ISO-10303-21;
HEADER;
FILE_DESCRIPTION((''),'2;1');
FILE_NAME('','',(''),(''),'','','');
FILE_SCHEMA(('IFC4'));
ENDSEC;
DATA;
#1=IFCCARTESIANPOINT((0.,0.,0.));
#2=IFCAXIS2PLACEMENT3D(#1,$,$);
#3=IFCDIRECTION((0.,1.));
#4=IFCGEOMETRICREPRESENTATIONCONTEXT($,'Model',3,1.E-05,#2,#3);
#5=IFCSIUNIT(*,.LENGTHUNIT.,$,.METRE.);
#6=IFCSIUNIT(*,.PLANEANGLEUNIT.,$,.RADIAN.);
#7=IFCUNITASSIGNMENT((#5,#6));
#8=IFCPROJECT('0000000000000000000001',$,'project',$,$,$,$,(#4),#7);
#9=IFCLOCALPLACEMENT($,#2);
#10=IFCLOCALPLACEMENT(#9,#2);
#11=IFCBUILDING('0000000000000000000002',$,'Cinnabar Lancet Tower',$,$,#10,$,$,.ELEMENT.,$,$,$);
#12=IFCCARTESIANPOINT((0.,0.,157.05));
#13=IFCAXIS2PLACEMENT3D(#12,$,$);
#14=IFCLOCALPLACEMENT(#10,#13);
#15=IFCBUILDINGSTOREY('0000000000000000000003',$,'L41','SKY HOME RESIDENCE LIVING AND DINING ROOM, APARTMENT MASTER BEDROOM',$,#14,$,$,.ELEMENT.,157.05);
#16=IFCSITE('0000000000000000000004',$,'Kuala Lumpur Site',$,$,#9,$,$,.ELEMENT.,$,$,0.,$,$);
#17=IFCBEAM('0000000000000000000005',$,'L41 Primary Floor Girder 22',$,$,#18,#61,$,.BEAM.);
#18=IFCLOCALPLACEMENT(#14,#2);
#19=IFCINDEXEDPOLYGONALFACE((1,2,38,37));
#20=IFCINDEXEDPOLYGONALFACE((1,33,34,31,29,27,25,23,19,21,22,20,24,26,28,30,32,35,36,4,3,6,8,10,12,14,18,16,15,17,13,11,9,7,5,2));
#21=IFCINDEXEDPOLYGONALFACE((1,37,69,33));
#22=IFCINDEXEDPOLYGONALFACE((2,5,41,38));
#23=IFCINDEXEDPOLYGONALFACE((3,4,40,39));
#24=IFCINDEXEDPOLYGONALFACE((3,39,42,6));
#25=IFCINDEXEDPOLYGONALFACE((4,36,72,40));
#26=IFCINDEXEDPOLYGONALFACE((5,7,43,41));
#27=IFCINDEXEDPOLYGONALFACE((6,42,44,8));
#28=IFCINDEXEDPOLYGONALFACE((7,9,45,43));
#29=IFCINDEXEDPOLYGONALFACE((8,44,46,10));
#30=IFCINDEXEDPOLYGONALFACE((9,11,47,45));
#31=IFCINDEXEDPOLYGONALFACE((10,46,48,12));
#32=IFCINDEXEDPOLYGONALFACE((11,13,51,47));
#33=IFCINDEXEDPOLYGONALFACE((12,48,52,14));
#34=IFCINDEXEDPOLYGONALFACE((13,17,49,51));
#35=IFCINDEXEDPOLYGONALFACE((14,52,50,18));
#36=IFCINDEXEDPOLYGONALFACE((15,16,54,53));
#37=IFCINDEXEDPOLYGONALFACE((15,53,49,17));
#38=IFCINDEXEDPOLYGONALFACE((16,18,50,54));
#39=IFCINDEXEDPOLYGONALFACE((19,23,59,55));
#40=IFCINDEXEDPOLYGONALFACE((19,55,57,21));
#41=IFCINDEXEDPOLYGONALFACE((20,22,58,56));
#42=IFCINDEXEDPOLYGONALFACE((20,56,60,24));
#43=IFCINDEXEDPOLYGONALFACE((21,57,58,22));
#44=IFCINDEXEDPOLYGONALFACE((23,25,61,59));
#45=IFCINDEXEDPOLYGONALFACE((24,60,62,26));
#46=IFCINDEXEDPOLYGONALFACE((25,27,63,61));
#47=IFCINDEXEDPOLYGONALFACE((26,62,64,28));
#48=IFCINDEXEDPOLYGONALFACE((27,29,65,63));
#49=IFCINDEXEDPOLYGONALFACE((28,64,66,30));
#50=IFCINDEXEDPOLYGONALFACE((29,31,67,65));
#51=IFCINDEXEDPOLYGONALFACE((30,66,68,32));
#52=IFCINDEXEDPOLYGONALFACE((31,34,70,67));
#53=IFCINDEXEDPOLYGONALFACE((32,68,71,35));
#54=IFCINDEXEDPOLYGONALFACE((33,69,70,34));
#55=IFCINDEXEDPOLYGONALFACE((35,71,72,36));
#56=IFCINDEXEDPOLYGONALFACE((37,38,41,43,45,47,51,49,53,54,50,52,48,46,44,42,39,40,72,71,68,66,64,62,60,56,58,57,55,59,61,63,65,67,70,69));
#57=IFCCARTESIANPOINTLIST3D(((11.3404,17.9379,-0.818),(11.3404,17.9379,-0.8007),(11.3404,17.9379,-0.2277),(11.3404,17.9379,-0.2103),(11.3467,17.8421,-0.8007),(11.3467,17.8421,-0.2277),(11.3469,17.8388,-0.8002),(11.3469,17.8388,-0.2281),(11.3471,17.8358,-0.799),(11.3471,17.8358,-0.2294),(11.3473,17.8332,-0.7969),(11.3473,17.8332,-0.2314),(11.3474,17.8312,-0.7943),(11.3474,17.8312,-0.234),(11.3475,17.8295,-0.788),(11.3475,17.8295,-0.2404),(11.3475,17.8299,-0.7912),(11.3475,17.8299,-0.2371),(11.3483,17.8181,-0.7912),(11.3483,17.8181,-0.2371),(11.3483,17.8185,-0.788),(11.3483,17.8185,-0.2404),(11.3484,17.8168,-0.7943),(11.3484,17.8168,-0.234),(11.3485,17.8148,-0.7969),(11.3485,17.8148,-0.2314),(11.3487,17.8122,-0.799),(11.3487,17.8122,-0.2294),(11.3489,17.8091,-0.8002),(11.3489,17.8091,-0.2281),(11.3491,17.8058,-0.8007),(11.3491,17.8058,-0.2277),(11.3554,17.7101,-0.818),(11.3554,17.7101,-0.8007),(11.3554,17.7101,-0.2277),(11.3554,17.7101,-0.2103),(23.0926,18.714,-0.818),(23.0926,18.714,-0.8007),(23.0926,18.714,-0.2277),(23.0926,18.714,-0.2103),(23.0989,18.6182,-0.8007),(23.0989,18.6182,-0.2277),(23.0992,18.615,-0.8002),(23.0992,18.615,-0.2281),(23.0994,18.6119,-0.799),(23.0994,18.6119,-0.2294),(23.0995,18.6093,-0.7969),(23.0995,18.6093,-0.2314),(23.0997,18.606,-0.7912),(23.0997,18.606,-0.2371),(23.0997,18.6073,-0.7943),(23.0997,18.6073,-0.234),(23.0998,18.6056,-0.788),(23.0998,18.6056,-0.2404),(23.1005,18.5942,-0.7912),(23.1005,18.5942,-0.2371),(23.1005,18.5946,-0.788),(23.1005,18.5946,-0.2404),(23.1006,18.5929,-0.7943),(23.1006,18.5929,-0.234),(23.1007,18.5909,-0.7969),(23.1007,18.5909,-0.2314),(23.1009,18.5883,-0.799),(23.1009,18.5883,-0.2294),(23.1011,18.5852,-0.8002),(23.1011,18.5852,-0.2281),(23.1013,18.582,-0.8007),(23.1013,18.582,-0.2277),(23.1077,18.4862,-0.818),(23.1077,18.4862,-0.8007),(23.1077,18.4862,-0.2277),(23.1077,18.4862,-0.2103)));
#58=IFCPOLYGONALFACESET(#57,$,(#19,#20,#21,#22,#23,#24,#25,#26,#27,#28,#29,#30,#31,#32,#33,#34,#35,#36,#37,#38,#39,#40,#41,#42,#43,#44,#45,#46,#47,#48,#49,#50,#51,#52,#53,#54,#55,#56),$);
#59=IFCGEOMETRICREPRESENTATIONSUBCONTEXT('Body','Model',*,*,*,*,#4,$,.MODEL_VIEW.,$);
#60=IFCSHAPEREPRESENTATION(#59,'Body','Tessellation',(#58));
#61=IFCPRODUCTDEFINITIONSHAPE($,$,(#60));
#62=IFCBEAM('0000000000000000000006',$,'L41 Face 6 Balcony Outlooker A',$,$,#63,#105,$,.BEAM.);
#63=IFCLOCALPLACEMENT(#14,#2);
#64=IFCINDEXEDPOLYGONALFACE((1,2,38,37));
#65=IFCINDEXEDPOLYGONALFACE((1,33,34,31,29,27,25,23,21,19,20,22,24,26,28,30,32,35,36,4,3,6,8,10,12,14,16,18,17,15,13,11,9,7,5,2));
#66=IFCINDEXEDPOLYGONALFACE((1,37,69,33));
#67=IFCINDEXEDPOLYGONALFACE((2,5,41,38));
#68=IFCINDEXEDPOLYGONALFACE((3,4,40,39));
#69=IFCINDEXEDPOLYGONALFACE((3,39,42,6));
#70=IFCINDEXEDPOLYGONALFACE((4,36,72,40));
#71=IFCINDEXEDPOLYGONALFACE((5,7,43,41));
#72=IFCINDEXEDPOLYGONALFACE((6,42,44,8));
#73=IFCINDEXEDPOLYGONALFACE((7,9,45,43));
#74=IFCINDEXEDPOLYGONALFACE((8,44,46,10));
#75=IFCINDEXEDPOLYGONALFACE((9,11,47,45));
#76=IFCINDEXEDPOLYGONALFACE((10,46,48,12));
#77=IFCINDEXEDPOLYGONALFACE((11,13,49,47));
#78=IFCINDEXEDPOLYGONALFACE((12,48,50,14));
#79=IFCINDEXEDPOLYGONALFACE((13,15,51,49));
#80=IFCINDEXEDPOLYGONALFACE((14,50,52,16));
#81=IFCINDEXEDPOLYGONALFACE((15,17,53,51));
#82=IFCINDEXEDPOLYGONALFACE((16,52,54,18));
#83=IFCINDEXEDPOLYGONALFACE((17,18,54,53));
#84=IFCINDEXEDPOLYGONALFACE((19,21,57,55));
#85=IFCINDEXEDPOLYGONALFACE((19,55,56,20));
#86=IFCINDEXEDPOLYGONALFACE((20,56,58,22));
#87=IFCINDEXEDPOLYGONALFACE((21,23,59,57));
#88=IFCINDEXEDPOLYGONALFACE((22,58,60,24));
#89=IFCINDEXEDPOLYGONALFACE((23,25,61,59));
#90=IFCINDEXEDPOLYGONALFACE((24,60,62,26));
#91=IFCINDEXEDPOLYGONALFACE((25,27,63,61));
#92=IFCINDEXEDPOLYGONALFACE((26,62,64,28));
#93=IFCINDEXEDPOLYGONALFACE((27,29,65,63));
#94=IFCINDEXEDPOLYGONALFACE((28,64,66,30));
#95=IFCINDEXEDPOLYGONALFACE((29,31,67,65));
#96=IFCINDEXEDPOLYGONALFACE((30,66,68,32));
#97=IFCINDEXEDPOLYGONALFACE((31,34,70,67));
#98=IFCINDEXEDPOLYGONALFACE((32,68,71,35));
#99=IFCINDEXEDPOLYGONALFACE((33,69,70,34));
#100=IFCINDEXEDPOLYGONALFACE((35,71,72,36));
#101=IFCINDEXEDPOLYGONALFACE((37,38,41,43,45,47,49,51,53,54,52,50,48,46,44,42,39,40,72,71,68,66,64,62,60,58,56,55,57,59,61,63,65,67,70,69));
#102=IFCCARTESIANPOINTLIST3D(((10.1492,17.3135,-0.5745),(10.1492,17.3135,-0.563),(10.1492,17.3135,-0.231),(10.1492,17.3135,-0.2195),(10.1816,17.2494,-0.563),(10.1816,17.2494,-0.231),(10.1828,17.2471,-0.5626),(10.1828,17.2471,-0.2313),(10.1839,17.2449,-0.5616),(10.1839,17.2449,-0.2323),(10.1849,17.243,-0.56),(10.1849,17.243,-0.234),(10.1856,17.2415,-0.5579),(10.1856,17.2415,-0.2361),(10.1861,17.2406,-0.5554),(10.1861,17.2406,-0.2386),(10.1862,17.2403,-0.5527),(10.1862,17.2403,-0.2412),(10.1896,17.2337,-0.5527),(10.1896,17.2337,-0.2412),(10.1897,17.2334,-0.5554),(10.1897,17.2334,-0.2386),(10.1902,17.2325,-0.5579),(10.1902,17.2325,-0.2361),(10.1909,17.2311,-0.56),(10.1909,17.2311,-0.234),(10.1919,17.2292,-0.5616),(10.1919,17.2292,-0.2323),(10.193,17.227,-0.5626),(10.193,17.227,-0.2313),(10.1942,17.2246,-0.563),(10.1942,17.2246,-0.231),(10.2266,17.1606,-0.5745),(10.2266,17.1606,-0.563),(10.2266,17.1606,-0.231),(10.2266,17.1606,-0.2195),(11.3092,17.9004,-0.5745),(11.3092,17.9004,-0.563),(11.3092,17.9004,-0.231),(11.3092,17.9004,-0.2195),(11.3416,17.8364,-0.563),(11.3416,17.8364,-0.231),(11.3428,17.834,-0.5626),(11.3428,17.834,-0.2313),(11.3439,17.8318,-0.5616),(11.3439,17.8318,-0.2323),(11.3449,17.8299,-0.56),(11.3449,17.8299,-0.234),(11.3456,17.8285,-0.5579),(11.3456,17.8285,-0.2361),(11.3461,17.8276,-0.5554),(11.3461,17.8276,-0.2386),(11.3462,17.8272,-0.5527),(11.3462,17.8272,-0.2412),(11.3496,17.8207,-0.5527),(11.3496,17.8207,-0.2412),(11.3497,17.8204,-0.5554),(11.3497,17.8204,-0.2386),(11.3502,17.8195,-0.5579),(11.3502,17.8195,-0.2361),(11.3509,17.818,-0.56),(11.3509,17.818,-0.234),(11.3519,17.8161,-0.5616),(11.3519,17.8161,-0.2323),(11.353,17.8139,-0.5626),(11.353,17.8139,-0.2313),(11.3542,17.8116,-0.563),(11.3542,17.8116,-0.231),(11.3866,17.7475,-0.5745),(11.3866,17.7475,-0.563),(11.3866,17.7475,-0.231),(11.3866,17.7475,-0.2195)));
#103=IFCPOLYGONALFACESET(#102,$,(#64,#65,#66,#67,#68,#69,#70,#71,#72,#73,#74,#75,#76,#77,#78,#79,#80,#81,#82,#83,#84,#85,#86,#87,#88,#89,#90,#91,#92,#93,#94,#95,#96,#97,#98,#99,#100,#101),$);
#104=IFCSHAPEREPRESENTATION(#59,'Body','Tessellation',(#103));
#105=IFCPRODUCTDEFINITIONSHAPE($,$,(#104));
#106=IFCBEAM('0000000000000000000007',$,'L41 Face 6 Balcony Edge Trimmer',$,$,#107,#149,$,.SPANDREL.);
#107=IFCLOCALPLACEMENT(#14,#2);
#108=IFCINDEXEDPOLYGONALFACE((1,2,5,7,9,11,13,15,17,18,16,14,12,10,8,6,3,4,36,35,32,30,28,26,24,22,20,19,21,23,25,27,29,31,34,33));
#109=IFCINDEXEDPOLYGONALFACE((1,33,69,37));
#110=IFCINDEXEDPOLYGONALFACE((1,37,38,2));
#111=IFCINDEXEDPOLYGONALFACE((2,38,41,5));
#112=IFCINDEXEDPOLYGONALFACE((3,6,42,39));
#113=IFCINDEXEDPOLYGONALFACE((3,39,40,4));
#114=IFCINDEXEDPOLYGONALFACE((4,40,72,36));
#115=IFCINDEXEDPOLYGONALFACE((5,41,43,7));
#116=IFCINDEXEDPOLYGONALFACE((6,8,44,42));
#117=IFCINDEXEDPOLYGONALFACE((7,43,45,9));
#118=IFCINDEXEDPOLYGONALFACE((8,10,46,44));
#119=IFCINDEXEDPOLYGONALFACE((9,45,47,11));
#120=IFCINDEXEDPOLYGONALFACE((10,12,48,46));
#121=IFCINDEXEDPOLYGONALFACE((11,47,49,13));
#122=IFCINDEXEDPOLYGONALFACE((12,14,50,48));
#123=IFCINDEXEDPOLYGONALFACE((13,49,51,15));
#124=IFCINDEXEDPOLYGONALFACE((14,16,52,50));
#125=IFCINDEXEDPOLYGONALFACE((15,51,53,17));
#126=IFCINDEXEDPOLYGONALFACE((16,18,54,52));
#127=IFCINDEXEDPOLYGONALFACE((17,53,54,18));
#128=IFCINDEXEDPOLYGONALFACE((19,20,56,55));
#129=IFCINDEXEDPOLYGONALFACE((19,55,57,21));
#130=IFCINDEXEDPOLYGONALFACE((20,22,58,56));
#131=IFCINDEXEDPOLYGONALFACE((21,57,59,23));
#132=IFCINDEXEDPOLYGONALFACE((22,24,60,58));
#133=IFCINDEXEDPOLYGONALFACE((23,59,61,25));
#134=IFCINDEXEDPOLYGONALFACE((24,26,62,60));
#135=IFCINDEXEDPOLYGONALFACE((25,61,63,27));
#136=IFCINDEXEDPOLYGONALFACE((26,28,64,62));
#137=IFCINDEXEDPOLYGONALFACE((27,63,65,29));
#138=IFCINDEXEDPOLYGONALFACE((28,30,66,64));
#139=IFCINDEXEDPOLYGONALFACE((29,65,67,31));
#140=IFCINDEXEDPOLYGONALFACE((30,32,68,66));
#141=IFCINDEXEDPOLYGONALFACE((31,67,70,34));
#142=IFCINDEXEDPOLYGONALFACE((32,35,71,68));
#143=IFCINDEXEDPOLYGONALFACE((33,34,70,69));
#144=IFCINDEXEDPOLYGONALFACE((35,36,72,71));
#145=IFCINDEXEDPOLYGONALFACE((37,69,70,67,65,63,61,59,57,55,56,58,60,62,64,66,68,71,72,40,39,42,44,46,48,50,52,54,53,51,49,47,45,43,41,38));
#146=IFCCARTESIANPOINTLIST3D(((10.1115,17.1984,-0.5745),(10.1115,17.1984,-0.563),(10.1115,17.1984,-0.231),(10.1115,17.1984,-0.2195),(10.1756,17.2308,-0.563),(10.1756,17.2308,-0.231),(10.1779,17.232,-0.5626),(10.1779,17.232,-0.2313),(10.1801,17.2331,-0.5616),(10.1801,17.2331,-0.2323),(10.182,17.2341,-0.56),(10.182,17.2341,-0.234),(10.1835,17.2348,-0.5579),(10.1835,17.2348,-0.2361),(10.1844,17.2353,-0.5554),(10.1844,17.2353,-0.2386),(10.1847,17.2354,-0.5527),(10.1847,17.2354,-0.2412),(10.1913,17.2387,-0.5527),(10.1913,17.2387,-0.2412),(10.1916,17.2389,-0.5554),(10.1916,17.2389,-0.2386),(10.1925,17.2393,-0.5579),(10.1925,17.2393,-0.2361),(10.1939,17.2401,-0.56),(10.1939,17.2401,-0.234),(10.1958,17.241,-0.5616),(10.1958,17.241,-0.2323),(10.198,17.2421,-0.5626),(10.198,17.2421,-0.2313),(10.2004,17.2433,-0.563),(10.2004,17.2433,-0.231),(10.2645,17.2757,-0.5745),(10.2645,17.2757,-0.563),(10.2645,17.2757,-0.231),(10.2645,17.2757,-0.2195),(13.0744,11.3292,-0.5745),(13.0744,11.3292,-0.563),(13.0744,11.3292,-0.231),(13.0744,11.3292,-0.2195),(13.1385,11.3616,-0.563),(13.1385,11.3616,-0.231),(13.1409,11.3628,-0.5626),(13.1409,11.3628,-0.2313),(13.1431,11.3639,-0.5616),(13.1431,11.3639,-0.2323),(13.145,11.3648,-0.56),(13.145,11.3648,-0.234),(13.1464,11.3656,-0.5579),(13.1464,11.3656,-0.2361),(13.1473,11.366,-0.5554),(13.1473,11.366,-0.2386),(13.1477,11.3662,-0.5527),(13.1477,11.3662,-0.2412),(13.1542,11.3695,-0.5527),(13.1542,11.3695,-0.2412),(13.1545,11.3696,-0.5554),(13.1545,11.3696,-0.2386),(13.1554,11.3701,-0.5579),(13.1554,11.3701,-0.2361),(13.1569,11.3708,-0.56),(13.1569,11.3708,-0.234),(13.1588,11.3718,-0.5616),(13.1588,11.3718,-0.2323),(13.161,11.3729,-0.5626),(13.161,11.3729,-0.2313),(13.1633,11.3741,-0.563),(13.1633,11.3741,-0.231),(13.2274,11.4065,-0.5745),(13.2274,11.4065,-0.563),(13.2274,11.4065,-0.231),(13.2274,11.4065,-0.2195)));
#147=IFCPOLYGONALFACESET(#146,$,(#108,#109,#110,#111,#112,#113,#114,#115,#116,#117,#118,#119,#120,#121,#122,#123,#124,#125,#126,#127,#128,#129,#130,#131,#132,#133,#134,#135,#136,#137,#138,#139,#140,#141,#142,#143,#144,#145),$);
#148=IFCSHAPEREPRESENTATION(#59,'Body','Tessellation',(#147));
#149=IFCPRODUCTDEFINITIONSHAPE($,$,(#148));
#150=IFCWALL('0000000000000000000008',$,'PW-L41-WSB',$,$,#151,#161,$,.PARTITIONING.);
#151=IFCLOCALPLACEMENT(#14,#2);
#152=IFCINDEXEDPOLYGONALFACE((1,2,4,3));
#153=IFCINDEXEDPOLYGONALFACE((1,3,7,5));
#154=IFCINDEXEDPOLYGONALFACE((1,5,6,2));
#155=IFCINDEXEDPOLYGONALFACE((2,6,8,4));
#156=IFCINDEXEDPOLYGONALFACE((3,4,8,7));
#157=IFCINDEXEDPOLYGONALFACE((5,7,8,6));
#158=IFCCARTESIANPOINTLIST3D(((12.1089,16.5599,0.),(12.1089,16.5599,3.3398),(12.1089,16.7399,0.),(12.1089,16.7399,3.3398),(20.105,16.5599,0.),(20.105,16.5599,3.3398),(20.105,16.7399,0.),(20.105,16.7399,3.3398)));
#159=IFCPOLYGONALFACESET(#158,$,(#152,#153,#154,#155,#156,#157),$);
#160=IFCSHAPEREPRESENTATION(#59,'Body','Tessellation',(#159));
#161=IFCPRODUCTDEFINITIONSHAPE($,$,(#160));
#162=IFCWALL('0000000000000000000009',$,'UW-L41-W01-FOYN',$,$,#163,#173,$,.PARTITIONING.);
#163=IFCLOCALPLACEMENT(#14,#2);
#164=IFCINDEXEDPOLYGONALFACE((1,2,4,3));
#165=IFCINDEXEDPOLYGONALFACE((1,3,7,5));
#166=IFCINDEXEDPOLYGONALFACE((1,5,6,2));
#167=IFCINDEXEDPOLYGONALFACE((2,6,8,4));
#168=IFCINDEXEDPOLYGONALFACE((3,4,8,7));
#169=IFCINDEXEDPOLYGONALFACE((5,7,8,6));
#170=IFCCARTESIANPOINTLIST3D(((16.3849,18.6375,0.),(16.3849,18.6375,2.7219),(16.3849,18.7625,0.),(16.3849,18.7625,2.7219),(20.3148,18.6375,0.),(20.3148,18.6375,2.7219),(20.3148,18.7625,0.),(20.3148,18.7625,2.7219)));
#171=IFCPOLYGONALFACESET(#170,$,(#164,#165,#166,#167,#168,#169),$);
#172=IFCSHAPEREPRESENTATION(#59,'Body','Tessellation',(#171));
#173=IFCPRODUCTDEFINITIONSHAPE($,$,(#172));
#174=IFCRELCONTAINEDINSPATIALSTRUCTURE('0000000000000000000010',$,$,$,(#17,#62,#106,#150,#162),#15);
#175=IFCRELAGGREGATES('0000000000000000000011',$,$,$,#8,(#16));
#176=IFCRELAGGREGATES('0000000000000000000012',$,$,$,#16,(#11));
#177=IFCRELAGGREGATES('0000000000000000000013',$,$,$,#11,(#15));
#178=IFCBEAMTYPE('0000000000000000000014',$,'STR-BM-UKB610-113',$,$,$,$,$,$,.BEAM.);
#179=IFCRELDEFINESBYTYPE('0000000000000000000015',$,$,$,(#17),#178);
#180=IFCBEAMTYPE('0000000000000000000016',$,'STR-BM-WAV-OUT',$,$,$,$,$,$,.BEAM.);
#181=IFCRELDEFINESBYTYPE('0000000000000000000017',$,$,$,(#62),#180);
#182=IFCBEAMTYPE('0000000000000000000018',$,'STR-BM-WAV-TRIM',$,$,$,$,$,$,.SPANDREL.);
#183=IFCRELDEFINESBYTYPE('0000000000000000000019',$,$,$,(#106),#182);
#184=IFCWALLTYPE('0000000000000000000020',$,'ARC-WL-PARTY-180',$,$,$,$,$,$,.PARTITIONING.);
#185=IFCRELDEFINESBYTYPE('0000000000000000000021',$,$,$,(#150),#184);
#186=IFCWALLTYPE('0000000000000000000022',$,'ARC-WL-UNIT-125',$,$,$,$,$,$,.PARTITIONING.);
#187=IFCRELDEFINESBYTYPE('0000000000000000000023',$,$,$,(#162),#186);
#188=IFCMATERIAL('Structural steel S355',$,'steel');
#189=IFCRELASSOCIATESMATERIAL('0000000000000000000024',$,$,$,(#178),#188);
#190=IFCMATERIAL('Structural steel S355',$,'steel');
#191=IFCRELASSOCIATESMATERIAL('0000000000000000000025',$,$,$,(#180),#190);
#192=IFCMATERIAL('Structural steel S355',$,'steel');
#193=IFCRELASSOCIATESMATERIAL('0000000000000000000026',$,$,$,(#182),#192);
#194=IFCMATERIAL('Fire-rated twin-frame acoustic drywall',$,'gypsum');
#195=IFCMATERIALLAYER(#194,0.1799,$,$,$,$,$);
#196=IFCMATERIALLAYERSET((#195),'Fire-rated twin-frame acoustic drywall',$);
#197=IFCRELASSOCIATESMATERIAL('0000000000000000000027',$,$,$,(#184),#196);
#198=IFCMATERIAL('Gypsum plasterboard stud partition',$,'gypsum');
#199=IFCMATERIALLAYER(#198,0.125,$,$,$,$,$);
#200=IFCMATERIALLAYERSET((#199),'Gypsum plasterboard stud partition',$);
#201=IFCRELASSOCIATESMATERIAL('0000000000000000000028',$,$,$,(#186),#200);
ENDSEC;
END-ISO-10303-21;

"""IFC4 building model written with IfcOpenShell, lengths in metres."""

from ifc_helpers import new_model, si_unit, direction, frame, frame_2d, origin, origin_2d, place, context, subcontext, project, spatial, rectangle, i_section, extrude, material, layer, layer_set, material_profile, profile_set, type_object, element, save


model = new_model("IFC4")

# Units and contexts
model_context = context("Model", 3, precision=1e-05, world=origin(), true_north=direction((0.0, 1.0)))
body_context = subcontext(model_context, "Body", "Model", "MODEL_VIEW")
ifc_project = project(units=[si_unit("LENGTHUNIT", "METRE"), si_unit("PLANEANGLEUNIT", "RADIAN")], contexts=[model_context])

# Site, building, storey
site_placement = place(None, origin())
site = spatial("IfcSite", under=ifc_project, at=site_placement, Name="Kuala Lumpur Site", CompositionType="ELEMENT", RefElevation=0.0)
building_placement = place(site_placement, origin())
building = spatial("IfcBuilding", under=site, at=building_placement, Name="Cinnabar Lancet Tower", CompositionType="ELEMENT")
storey_placement = place(building_placement, frame((0.0, 0.0, 157.05)))
storey = spatial("IfcBuildingStorey", under=building, at=storey_placement, Name="L41", Description="SKY HOME RESIDENCE LIVING AND DINING ROOM, APARTMENT MASTER BEDROOM", CompositionType="ELEMENT", Elevation=157.05)

# Beams
ifc_material_1 = material(Name="Structural steel S355", Category="steel")
ifc_material_profile_1 = material_profile(ifc_material_1, i_section(OverallWidth=0.2283, OverallDepth=0.6077, WebThickness=0.011, FlangeThickness=0.0173, FilletRadius=0.0127, at=origin_2d()), Name="UKB 610x229x113")
ifc_profile_set_1 = profile_set([ifc_material_profile_1], Name="Structural steel S355")
beam_type_1 = type_object("IfcBeamType", Name="STR-BM-UKB610-113", PredefinedType="BEAM", material=ifc_profile_set_1)
beam_1_placement = place(storey_placement, frame((11.3479, 17.824, -0.5142), z_axis=(0.997826, 0.065897, 0.0), x_axis=(-0.065897, 0.997826, 0.0)))
element("IfcBeam", 1, at=beam_1_placement, inside=storey, type_object=beam_type_1, Name="L41 Primary Floor Girder 22", PredefinedType="BEAM", context=body_context, shape_type="SweptSolid", body=[
    extrude(i_section(OverallWidth=0.2283, OverallDepth=0.6077, WebThickness=0.011, FlangeThickness=0.0173, FilletRadius=0.0127, at=origin_2d()), origin(), (0.0, 0.0, 1.0), 11.7778),
])
ifc_material_2 = material(Name="Structural steel S355", Category="steel")
ifc_material_profile_2 = material_profile(ifc_material_2, i_section(OverallWidth=0.1714, OverallDepth=0.355, WebThickness=0.0073, FlangeThickness=0.0115, FilletRadius=0.0103, at=origin_2d()), Name="UKB 356x171x51")
ifc_profile_set_2 = profile_set([ifc_material_profile_2], Name="Structural steel S355")
beam_type_2 = type_object("IfcBeamType", Name="STR-BM-WAV-OUT", PredefinedType="BEAM", material=ifc_profile_set_2)
beam_2_placement = place(storey_placement, frame((11.3479, 17.824, -0.397), z_axis=(-0.892276, -0.45149, 0.0), x_axis=(0.45149, -0.892276, 0.0)))
element("IfcBeam", 2, at=beam_2_placement, inside=storey, type_object=beam_type_2, Name="L41 Face 6 Balcony Outlooker A", PredefinedType="BEAM", context=body_context, shape_type="SweptSolid", body=[
    extrude(i_section(OverallWidth=0.1714, OverallDepth=0.355, WebThickness=0.0073, FlangeThickness=0.0115, FilletRadius=0.0103, at=origin_2d()), origin(), (0.0, 0.0, 1.0), 1.3),
])
ifc_material_3 = material(Name="Structural steel S355", Category="steel")
ifc_material_profile_3 = material_profile(ifc_material_3, i_section(OverallWidth=0.1714, OverallDepth=0.355, WebThickness=0.0073, FlangeThickness=0.0115, FilletRadius=0.0103, at=origin_2d()), Name="UKB 356x171x51")
ifc_profile_set_3 = profile_set([ifc_material_profile_3], Name="Structural steel S355")
beam_type_3 = type_object("IfcBeamType", Name="STR-BM-WAV-TRIM", PredefinedType="SPANDREL", material=ifc_profile_set_3)
beam_3_placement = place(storey_placement, frame((10.188, 17.2371, -0.397), z_axis=(0.450656, -0.892698, 0.0), x_axis=(0.892698, 0.450656, 0.0)))
element("IfcBeam", 3, at=beam_3_placement, inside=storey, type_object=beam_type_3, Name="L41 Face 6 Balcony Edge Trimmer", PredefinedType="SPANDREL", context=body_context, shape_type="SweptSolid", body=[
    extrude(i_section(OverallWidth=0.1714, OverallDepth=0.355, WebThickness=0.0073, FlangeThickness=0.0115, FilletRadius=0.0103, at=origin_2d()), origin(), (0.0, 0.0, 1.0), 6.5747),
])

# Walls
ifc_material_4 = material(Name="Fire-rated twin-frame acoustic drywall", Category="gypsum")
ifc_layer_1 = layer(ifc_material_4, 0.1799)
ifc_layer_set_1 = layer_set([ifc_layer_1], Name="Fire-rated twin-frame acoustic drywall")
wall_type_1 = type_object("IfcWallType", Name="ARC-WL-PARTY-180", PredefinedType="PARTITIONING", material=ifc_layer_set_1)
wall_1_placement = place(storey_placement, frame((12.1089, 16.6499, 0.0), z_axis=(0.0, 0.0, 1.0), x_axis=(1.0, 0.0, 0.0)))
element("IfcWall", 4, at=wall_1_placement, inside=storey, type_object=wall_type_1, Name="PW-L41-WSB", PredefinedType="PARTITIONING", context=body_context, shape_type="SweptSolid", body=[
    extrude(rectangle(XDim=7.9961, YDim=0.1799, at=frame_2d((3.998, 0.0))), origin(), (0.0, 0.0, 1.0), 3.3398),
])
ifc_material_5 = material(Name="Gypsum plasterboard stud partition", Category="gypsum")
ifc_layer_2 = layer(ifc_material_5, 0.125)
ifc_layer_set_2 = layer_set([ifc_layer_2], Name="Gypsum plasterboard stud partition")
wall_type_2 = type_object("IfcWallType", Name="ARC-WL-UNIT-125", PredefinedType="PARTITIONING", material=ifc_layer_set_2)
wall_2_placement = place(storey_placement, frame((16.385, 18.7, 0.0), z_axis=(0.0, 0.0, 1.0), x_axis=(1.0, 0.0, 0.0)))
element("IfcWall", 5, at=wall_2_placement, inside=storey, type_object=wall_type_2, Name="UW-L41-W01-FOYN", PredefinedType="PARTITIONING", context=body_context, shape_type="SweptSolid", body=[
    extrude(rectangle(XDim=3.9299, YDim=0.125, at=frame_2d((1.9648, 0.0))), origin(), (0.0, 0.0, 1.0), 2.7219),
])

save(model, "model.ifc")
